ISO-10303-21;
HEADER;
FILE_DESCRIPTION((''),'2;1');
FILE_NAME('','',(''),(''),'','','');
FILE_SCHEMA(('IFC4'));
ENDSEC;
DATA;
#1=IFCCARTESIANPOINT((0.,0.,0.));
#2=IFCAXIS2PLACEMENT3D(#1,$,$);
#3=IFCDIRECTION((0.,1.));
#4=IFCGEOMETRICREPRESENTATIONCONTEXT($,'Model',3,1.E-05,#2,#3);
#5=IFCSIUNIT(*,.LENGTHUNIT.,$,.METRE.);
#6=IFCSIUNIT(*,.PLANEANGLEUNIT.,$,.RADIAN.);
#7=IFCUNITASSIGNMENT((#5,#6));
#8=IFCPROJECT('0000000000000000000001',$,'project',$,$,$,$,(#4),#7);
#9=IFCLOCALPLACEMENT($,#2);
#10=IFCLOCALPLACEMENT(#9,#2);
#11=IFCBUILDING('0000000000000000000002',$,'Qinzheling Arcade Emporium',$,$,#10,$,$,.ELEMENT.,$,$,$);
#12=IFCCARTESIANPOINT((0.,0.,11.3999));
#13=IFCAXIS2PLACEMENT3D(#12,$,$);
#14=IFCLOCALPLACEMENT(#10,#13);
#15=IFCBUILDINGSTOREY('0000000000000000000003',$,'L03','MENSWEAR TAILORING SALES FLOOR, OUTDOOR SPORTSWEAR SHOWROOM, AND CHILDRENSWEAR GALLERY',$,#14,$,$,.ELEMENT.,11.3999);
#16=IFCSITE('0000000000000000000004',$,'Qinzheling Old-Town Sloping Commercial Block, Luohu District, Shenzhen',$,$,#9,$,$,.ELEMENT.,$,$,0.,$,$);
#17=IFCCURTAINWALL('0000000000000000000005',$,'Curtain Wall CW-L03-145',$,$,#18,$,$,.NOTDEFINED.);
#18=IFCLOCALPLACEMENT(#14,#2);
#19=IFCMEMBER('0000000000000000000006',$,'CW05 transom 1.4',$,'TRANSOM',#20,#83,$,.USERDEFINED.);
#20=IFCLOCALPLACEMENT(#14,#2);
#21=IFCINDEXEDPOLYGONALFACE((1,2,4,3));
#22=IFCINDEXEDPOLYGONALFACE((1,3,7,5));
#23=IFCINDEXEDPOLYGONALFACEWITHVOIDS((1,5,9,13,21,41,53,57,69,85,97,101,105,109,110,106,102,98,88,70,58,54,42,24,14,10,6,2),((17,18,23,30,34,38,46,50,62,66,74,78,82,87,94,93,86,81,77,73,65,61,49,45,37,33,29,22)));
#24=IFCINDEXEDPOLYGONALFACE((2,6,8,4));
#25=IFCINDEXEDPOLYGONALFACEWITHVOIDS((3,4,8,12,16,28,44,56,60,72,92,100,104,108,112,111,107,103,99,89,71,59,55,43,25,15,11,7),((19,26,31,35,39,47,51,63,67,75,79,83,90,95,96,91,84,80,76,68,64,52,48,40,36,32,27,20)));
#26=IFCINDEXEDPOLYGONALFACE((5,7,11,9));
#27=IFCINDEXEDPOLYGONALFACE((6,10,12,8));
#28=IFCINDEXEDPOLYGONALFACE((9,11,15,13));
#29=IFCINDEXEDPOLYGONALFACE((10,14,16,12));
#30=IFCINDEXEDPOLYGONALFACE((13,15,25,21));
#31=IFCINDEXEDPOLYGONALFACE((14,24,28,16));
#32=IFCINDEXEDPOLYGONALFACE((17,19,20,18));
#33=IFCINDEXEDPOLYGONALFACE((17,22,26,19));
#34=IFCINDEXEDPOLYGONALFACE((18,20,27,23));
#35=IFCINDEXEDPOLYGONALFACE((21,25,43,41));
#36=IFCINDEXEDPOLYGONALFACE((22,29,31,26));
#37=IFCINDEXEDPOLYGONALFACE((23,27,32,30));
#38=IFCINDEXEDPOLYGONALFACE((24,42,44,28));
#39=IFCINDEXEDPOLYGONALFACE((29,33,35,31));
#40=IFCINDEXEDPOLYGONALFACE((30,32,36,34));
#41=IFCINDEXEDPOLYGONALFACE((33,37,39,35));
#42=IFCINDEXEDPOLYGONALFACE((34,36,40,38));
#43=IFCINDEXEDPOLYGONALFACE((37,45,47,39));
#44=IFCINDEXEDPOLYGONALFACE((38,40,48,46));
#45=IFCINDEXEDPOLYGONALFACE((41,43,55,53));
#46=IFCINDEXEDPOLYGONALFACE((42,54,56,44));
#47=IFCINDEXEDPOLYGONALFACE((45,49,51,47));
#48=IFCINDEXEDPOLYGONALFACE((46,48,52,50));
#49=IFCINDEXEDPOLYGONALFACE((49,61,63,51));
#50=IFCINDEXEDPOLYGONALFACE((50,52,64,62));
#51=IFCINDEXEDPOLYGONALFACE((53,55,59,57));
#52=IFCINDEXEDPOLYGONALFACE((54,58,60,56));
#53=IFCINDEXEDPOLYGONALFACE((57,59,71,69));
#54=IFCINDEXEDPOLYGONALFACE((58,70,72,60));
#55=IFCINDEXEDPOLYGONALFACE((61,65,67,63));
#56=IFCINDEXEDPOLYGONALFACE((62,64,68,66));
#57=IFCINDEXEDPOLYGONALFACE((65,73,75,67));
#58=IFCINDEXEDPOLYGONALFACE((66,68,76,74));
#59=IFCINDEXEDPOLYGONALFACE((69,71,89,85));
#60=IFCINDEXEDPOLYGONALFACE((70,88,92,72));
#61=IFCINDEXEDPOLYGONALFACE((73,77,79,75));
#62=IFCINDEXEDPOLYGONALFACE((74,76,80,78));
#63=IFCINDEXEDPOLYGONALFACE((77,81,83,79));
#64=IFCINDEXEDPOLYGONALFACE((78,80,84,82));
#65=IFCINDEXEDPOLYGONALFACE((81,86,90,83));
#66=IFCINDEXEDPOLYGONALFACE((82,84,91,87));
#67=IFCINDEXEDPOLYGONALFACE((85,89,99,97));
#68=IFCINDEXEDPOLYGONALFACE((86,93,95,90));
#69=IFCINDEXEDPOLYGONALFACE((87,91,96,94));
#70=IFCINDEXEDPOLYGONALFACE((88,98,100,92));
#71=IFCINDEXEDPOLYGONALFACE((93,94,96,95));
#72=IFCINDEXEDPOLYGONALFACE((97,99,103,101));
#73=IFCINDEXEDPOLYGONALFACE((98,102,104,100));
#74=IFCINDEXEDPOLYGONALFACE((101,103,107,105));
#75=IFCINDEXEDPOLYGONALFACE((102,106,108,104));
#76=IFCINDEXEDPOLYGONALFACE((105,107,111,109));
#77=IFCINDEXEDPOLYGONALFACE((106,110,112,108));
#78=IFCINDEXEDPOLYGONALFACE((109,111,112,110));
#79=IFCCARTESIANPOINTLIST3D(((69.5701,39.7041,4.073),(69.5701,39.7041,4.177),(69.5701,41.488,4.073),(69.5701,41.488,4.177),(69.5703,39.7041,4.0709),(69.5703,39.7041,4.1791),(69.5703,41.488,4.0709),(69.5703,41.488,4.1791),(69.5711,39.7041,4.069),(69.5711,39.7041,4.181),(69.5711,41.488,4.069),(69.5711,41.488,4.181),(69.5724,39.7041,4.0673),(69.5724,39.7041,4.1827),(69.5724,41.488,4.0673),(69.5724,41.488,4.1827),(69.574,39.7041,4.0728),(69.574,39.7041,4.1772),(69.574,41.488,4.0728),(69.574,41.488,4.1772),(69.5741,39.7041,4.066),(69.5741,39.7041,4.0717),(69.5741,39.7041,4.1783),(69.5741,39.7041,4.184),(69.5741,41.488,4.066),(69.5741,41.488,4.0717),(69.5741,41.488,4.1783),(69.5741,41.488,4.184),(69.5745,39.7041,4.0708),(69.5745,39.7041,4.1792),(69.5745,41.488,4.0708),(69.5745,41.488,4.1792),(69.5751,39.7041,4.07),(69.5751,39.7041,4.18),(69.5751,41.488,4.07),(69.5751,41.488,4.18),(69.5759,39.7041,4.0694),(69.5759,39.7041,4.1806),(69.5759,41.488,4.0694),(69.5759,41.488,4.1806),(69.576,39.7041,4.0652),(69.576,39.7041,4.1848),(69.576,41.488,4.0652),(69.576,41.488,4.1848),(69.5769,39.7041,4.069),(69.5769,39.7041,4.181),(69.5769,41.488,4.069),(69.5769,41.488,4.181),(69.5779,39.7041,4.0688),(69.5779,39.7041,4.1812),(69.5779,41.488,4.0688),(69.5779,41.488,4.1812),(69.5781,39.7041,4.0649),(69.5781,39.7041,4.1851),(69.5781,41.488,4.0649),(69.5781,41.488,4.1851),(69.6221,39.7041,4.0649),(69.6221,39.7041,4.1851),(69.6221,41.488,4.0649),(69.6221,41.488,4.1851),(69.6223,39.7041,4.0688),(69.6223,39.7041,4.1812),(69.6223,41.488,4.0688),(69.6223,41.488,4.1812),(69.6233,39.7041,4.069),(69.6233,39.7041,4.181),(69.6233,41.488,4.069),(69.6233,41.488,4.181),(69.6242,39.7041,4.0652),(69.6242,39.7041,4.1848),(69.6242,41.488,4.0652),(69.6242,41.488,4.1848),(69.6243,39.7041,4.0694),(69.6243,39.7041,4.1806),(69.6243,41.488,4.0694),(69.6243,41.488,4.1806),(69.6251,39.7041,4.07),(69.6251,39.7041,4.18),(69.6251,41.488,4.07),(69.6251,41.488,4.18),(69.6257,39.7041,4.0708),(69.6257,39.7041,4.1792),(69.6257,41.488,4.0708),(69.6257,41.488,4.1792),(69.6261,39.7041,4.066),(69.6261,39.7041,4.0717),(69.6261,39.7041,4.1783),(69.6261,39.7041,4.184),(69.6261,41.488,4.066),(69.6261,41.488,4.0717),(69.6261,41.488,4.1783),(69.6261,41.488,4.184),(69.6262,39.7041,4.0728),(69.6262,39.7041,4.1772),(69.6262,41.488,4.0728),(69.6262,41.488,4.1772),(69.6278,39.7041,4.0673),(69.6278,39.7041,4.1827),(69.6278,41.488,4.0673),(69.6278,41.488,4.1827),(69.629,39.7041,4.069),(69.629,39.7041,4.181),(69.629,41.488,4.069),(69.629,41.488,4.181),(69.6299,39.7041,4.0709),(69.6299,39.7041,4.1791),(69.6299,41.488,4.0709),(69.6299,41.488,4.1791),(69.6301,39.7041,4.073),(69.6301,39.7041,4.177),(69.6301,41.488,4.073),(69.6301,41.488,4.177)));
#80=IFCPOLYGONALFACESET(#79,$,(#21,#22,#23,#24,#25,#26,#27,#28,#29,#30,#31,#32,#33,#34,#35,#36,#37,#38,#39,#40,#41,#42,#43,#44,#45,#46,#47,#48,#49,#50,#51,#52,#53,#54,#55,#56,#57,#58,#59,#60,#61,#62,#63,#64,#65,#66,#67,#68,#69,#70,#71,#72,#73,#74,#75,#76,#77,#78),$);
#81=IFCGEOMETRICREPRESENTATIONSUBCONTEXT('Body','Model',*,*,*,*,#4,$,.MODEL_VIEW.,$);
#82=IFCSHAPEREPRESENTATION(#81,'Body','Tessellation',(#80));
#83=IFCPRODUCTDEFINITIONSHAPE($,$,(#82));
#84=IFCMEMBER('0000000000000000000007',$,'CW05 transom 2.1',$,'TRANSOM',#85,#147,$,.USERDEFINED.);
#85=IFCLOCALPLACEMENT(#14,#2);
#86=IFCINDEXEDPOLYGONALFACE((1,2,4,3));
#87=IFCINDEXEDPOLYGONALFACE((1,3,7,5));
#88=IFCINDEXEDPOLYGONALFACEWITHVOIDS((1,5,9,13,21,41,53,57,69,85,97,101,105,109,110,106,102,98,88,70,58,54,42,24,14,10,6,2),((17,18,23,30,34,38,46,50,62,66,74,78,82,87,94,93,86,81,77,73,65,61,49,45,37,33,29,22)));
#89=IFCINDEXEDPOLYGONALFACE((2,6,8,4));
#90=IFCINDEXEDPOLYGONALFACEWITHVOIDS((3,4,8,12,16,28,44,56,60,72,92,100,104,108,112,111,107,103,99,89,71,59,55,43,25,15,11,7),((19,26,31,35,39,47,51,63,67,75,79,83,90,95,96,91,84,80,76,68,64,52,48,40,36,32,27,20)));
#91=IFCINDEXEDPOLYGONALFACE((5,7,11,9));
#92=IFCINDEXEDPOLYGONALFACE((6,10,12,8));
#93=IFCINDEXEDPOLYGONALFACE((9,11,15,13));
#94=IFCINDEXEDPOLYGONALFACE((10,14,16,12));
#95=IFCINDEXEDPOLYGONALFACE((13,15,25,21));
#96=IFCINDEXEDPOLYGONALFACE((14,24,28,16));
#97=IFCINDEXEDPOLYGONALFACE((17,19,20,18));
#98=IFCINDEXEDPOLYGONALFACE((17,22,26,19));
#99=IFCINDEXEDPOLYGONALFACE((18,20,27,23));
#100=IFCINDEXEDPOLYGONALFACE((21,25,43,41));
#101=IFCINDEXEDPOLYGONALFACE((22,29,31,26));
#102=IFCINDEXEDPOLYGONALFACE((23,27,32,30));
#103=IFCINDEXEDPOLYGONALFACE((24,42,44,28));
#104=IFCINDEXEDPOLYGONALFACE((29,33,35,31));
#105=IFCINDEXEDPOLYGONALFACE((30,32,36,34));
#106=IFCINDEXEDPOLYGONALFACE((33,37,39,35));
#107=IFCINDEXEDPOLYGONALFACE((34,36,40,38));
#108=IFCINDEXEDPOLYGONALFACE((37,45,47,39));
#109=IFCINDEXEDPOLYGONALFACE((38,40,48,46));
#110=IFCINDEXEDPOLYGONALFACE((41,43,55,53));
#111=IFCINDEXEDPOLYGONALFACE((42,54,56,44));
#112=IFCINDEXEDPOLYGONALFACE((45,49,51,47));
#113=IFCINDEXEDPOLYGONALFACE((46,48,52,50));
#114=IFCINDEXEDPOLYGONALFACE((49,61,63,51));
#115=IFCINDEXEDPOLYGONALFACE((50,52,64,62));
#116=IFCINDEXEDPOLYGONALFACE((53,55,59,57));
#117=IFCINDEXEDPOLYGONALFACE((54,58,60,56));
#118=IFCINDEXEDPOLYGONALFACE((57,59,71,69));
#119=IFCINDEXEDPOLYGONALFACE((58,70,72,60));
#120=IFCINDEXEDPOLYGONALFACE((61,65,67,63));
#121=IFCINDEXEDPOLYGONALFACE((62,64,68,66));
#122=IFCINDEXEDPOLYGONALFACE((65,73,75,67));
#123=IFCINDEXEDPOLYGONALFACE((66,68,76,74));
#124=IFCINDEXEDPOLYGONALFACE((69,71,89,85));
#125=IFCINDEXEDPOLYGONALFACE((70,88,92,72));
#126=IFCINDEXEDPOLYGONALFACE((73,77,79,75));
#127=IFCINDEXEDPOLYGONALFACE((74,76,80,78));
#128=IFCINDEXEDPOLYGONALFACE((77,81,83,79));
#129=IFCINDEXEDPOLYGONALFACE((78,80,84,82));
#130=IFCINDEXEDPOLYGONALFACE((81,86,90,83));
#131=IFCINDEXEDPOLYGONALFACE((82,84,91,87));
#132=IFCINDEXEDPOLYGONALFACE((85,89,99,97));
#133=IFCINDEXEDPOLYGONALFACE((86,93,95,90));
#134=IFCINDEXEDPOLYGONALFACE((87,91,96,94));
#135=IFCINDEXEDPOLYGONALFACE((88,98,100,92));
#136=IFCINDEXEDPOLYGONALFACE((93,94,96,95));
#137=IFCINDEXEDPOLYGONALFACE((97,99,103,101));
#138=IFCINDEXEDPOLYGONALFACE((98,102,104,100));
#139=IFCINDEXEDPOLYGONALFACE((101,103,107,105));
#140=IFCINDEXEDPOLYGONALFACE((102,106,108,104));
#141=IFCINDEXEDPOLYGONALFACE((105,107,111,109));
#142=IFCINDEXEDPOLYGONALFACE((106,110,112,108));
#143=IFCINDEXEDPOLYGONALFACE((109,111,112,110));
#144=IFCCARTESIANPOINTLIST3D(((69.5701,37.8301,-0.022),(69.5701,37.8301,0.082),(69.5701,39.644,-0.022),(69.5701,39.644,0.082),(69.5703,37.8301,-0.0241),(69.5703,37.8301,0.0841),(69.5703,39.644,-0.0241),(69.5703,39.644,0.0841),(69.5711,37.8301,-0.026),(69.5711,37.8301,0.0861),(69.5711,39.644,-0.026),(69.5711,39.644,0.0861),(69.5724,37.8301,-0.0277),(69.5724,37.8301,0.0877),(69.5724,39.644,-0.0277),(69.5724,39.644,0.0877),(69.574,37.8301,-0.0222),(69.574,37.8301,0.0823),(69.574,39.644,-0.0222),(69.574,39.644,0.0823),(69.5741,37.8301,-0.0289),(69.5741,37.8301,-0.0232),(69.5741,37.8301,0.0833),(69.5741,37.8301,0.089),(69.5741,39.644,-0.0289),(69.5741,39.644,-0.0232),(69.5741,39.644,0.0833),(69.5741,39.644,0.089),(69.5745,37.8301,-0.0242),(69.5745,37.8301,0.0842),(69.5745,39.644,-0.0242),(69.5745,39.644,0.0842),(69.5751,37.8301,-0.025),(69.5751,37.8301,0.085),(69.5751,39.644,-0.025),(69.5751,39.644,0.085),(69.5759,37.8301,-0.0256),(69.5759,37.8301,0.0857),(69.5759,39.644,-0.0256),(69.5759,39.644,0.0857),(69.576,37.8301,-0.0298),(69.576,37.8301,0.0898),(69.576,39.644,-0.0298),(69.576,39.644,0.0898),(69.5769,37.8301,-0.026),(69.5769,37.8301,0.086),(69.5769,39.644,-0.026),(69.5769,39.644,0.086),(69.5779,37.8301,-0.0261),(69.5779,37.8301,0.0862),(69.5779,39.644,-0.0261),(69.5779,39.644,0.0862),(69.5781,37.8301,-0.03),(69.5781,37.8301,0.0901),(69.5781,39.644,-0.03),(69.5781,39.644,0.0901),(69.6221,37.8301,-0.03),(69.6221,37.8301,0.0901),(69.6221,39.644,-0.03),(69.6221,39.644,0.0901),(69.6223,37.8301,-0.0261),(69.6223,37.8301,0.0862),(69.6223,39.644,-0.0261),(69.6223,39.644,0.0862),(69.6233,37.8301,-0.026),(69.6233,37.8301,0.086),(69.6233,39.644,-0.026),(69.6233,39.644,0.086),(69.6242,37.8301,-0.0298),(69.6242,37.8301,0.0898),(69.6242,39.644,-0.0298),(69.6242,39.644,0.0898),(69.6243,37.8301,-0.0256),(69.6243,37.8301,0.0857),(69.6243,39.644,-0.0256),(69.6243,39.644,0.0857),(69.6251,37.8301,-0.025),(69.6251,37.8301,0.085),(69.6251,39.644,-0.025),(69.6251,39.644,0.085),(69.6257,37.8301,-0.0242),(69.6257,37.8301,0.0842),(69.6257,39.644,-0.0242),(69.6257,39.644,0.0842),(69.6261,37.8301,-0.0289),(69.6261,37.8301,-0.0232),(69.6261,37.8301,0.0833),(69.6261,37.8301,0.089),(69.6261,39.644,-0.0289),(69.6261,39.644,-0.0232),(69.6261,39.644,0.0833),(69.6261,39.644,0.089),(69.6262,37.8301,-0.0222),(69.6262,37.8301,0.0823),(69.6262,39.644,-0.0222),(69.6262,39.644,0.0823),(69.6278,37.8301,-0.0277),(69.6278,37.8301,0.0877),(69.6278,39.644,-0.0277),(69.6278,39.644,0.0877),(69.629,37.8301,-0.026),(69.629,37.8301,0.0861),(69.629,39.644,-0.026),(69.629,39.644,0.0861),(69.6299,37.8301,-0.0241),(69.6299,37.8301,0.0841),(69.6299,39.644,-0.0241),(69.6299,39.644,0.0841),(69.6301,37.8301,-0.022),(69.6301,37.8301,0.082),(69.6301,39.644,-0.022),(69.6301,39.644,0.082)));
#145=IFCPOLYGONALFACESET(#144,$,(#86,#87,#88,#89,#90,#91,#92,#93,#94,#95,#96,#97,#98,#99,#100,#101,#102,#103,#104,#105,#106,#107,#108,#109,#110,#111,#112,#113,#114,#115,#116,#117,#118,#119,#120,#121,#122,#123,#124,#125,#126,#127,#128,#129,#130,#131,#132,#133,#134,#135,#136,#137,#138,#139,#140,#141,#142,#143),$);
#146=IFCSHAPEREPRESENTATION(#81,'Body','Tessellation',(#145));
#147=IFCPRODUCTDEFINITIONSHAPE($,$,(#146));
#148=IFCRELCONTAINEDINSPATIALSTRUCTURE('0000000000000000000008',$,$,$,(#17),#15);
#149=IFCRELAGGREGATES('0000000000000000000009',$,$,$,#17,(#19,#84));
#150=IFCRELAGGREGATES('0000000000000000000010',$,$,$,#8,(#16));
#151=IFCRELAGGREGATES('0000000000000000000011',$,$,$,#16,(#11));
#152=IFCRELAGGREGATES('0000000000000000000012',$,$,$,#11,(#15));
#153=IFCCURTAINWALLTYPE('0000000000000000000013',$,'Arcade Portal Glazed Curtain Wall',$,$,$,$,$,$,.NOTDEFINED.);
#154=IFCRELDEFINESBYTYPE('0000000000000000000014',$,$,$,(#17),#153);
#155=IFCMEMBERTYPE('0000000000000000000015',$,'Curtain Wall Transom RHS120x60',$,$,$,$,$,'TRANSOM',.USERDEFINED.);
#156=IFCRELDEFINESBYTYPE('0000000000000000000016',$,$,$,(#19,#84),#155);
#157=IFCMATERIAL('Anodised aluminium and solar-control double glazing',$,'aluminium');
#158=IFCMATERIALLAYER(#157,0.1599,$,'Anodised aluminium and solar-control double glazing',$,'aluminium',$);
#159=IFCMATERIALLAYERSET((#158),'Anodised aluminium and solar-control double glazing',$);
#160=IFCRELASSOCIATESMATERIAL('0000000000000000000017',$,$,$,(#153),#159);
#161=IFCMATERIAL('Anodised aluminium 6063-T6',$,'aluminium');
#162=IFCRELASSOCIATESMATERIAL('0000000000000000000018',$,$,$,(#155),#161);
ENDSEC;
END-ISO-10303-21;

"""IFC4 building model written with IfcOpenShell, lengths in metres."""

from ifc_helpers import new_model, si_unit, direction, frame, origin, origin_2d, place, context, subcontext, project, spatial, hollow_rectangle, extrude, material, layer, layer_set, material_profile, profile_set, type_object, element, aggregate, save


model = new_model("IFC4")

# Units and contexts
model_context = context("Model", 3, precision=1e-05, world=origin(), true_north=direction((0.0, 1.0)))
body_context = subcontext(model_context, "Body", "Model", "MODEL_VIEW")
ifc_project = project(units=[si_unit("LENGTHUNIT", "METRE"), si_unit("PLANEANGLEUNIT", "RADIAN")], contexts=[model_context])

# Site, building, storey
site_placement = place(None, origin())
site = spatial("IfcSite", under=ifc_project, at=site_placement, Name="Qinzheling Old-Town Sloping Commercial Block, Luohu District, Shenzhen", CompositionType="ELEMENT", RefElevation=0.0)
building_placement = place(site_placement, origin())
building = spatial("IfcBuilding", under=site, at=building_placement, Name="Qinzheling Arcade Emporium", CompositionType="ELEMENT")
storey_placement = place(building_placement, frame((0.0, 0.0, 11.3999)))
storey = spatial("IfcBuildingStorey", under=building, at=storey_placement, Name="L03", Description="MENSWEAR TAILORING SALES FLOOR, OUTDOOR SPORTSWEAR SHOWROOM, AND CHILDRENSWEAR GALLERY", CompositionType="ELEMENT", Elevation=11.3999)

# Shared definitions
ifc_material_1 = material(Name="Anodised aluminium and solar-control double glazing", Category="aluminium")
ifc_material_2 = material(Name="Anodised aluminium 6063-T6", Category="aluminium")

# Curtain wall, members
ifc_layer_1 = layer(ifc_material_1, 0.1599, Name="Anodised aluminium and solar-control double glazing", Category="aluminium")
ifc_layer_set_1 = layer_set([ifc_layer_1], Name="Anodised aluminium and solar-control double glazing")
curtain_wall_type_1 = type_object("IfcCurtainWallType", Name="Arcade Portal Glazed Curtain Wall", PredefinedType="NOTDEFINED", material=ifc_layer_set_1)
curtain_wall_1_placement = place(storey_placement, origin())
curtain_wall_1 = element("IfcCurtainWall", 1, at=curtain_wall_1_placement, inside=storey, type_object=curtain_wall_type_1, Name="Curtain Wall CW-L03-145", PredefinedType="NOTDEFINED")
ifc_material_profile_1 = material_profile(ifc_material_2, hollow_rectangle(XDim=0.0601, YDim=0.1201, WallThickness=0.0039, InnerFilletRadius=0.0039, OuterFilletRadius=0.0081, at=origin_2d()), Name="RHS 120x60x4", Category="aluminium")
ifc_profile_set_1 = profile_set([ifc_material_profile_1], Name="Anodised aluminium 6063-T6")
member_type_1 = type_object("IfcMemberType", Name="Curtain Wall Transom RHS120x60", ElementType="TRANSOM", PredefinedType="USERDEFINED", material=ifc_profile_set_1)
member_1_placement = place(storey_placement, frame((69.6001, 41.488, 4.125), z_axis=(0.0, -1.0, 0.0), x_axis=(1.0, 0.0, 0.0)))
member_1 = element("IfcMember", 2, at=member_1_placement, type_object=member_type_1, Name="CW05 transom 1.4", ObjectType="TRANSOM", PredefinedType="USERDEFINED", context=body_context, shape_type="SweptSolid", body=[
    extrude(hollow_rectangle(XDim=0.0601, YDim=0.1201, WallThickness=0.0039, InnerFilletRadius=0.0039, OuterFilletRadius=0.0081, at=origin_2d()), origin(), (0.0, 0.0, 1.0), 1.7839),
])
member_2_placement = place(storey_placement, frame((69.6001, 39.644, 0.03), z_axis=(0.0, -1.0, 0.0), x_axis=(1.0, 0.0, 0.0)))
member_2 = element("IfcMember", 3, at=member_2_placement, type_object=member_type_1, Name="CW05 transom 2.1", ObjectType="TRANSOM", PredefinedType="USERDEFINED", context=body_context, shape_type="SweptSolid", body=[
    extrude(hollow_rectangle(XDim=0.0601, YDim=0.1201, WallThickness=0.0039, InnerFilletRadius=0.0039, OuterFilletRadius=0.0081, at=origin_2d()), origin(), (0.0, 0.0, 1.0), 1.814),
])

aggregate(curtain_wall_1, [member_1, member_2])

save(model, "model.ifc")
